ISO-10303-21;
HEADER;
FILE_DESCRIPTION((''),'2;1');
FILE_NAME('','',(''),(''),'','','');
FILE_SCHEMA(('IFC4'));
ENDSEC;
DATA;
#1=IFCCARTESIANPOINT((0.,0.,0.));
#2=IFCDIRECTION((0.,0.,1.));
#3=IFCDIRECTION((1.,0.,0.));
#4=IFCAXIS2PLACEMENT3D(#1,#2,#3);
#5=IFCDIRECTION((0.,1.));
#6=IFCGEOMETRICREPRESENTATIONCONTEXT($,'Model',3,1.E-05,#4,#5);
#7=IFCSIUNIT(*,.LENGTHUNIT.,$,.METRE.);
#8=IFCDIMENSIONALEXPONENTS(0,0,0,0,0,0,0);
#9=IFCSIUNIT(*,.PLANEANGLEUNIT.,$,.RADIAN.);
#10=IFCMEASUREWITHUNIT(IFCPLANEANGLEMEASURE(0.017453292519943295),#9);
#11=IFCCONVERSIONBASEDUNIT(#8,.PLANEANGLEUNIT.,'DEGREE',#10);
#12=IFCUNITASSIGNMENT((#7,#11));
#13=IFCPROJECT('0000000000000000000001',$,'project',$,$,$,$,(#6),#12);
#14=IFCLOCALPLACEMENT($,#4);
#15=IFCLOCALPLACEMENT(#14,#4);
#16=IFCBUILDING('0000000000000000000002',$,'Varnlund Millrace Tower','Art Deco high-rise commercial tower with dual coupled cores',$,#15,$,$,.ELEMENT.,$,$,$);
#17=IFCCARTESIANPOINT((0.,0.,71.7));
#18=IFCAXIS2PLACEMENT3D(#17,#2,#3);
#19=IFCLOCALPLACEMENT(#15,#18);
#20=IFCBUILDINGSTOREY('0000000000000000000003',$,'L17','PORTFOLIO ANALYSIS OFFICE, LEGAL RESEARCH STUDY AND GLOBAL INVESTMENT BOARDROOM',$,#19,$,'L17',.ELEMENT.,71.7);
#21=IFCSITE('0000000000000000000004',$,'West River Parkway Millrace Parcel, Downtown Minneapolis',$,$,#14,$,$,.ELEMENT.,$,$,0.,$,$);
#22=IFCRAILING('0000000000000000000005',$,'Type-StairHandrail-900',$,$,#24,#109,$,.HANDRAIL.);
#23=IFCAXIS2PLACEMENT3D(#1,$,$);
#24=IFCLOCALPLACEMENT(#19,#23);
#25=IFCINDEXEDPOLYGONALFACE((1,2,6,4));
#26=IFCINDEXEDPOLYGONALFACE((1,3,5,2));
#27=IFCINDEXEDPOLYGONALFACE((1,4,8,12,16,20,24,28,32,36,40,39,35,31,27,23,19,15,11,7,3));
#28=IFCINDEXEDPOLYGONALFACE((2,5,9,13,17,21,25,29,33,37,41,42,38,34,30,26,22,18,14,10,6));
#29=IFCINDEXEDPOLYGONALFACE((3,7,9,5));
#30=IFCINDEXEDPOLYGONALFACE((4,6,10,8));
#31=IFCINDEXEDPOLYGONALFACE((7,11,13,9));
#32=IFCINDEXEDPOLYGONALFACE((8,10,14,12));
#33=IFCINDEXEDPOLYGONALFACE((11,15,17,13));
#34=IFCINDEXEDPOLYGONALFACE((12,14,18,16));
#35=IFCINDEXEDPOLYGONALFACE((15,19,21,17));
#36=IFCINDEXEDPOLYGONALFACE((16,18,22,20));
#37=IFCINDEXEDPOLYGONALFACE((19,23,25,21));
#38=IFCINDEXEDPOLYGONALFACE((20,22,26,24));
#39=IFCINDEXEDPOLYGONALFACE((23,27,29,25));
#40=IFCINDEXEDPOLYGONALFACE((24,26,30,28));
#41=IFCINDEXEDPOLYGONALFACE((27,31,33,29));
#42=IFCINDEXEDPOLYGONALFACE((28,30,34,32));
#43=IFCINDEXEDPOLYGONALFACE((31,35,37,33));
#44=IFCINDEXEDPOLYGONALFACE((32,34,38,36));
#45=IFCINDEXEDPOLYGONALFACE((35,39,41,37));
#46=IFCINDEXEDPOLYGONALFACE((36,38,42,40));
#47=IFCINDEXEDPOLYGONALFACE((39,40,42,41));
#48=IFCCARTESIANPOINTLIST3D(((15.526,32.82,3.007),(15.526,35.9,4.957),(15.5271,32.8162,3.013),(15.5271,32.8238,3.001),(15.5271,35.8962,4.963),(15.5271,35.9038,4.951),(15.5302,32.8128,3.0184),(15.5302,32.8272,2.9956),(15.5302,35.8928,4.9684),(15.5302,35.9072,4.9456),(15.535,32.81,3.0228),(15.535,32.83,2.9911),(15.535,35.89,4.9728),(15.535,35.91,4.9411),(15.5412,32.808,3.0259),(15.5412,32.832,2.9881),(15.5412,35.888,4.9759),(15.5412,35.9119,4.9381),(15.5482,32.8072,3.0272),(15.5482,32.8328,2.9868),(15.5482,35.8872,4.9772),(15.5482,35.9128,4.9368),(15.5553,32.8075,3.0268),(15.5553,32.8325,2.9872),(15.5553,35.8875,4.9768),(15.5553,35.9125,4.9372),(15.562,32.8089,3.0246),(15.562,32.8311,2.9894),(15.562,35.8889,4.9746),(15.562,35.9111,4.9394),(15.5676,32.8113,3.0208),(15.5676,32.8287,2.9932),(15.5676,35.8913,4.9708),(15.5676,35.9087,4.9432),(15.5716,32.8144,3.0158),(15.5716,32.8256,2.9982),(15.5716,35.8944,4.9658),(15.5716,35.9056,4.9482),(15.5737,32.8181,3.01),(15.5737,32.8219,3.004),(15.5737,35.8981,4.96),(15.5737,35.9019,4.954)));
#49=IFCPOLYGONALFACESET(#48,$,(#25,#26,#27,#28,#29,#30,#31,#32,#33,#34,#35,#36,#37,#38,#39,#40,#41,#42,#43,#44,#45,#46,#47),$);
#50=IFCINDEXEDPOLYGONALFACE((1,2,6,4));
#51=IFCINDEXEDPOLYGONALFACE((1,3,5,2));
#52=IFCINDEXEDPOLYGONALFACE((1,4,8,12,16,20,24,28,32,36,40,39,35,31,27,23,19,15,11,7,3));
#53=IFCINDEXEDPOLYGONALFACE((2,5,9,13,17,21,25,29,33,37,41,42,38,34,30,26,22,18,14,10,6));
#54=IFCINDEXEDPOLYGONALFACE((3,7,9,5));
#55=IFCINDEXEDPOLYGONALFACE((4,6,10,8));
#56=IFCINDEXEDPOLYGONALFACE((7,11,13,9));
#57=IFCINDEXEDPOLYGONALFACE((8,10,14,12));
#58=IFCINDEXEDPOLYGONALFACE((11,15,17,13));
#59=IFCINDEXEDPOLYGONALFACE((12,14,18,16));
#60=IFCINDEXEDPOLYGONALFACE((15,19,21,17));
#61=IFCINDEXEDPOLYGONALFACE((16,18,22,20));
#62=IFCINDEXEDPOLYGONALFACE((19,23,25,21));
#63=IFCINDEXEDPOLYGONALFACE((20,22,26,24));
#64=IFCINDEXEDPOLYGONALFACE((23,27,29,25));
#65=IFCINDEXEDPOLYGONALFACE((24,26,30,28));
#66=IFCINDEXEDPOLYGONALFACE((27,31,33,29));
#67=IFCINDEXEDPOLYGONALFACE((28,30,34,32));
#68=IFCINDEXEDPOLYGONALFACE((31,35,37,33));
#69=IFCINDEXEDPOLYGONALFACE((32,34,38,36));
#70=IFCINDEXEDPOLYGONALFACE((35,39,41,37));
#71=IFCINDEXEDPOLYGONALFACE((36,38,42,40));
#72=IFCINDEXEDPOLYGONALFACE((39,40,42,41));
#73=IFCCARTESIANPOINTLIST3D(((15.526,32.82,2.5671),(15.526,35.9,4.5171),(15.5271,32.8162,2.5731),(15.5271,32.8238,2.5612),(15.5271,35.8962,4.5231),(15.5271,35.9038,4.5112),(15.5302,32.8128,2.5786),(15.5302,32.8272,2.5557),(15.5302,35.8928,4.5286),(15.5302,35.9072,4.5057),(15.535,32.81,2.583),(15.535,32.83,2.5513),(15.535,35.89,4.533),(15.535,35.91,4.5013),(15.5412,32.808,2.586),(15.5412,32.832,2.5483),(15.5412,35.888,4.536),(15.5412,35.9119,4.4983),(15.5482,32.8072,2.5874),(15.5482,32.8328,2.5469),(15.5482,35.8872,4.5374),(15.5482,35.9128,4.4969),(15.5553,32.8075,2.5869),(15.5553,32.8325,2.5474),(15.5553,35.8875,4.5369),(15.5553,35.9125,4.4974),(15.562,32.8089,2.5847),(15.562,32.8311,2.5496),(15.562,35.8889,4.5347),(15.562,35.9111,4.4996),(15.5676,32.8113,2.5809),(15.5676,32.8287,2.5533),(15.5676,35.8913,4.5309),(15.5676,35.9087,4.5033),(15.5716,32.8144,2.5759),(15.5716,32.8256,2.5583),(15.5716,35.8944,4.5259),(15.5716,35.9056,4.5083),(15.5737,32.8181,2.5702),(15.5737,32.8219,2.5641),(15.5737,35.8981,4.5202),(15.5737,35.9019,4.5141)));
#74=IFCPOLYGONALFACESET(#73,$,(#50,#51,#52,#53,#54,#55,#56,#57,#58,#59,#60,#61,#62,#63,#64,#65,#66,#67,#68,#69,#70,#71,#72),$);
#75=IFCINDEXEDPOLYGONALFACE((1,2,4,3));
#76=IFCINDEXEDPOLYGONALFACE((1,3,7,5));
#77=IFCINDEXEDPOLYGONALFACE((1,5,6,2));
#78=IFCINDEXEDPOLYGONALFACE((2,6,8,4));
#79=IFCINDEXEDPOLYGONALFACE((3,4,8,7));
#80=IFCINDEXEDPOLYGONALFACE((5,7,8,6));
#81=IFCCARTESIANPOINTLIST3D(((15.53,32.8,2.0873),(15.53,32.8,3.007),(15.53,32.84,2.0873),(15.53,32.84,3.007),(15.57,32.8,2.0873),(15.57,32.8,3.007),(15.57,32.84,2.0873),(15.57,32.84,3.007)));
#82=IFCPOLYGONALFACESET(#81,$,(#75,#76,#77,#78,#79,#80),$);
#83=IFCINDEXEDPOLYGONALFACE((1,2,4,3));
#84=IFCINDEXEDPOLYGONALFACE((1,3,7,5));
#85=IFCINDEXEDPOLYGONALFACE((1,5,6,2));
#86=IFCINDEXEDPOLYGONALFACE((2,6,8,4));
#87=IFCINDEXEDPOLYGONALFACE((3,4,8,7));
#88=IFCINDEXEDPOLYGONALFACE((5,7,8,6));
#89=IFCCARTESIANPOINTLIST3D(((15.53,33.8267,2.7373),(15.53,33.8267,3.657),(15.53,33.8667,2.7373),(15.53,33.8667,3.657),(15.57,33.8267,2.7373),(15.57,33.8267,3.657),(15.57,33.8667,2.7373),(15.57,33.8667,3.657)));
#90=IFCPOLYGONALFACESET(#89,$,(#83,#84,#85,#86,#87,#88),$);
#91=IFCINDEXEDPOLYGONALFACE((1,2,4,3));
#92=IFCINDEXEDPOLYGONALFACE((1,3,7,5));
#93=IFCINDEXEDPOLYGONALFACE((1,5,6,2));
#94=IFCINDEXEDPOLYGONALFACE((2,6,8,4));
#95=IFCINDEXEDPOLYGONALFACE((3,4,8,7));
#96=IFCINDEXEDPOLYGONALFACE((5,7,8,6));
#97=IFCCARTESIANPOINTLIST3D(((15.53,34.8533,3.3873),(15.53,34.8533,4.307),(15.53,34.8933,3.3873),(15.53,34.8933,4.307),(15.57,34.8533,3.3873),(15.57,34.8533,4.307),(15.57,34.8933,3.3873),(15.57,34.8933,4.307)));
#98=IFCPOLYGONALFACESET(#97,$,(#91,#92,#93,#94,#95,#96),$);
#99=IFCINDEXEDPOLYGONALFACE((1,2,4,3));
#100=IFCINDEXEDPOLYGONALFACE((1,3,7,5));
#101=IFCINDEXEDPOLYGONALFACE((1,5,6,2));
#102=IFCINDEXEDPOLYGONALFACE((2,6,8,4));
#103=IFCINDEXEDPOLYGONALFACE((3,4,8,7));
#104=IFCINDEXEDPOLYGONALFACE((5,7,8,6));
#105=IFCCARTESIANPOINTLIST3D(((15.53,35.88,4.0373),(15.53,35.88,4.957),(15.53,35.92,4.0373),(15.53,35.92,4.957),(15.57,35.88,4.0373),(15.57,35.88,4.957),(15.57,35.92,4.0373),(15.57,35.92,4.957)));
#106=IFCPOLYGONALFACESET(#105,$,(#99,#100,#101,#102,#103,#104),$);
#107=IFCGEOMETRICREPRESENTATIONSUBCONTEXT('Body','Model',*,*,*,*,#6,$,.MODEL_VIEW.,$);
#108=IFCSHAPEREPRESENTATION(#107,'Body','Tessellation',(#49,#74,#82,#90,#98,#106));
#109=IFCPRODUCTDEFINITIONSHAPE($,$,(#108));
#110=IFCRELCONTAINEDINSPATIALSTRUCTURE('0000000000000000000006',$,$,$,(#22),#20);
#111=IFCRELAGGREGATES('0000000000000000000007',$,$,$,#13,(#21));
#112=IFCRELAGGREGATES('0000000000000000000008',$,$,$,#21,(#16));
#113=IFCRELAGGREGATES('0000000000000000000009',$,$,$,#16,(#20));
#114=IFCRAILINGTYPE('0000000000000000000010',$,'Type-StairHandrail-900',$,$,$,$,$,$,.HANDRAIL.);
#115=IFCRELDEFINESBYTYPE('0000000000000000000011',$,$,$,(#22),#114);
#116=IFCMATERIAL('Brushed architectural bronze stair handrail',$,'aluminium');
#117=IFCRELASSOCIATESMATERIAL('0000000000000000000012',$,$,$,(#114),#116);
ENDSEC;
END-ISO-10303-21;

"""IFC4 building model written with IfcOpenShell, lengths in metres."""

from ifc_helpers import new_model, entity, si_unit, converted_unit, direction, frame, origin_with_axes, origin_2d_with_axis, place, context, subcontext, project, spatial, rectangle, circle, extrude, material, type_object, element, save


model = new_model("IFC4")

# Units and contexts
model_context = context("Model", 3, precision=1e-05, world=origin_with_axes(), true_north=direction((0.0, 1.0)))
body_context = subcontext(model_context, "Body", "Model", "MODEL_VIEW")
ifc_project = project(units=[si_unit("LENGTHUNIT", "METRE"), converted_unit("PLANEANGLEUNIT", "DEGREE", entity("IfcPlaneAngleMeasure", 0.017453292519943295), si_unit("PLANEANGLEUNIT", "RADIAN"), dimensions=[0, 0, 0, 0, 0, 0, 0])], contexts=[model_context])

# Site, building, storey
site_placement = place(None, origin_with_axes())
site = spatial("IfcSite", under=ifc_project, at=site_placement, Name="West River Parkway Millrace Parcel, Downtown Minneapolis", CompositionType="ELEMENT", RefElevation=0.0)
building_placement = place(site_placement, origin_with_axes())
building = spatial("IfcBuilding", under=site, at=building_placement, Name="Varnlund Millrace Tower", Description="Art Deco high-rise commercial tower with dual coupled cores", CompositionType="ELEMENT")
storey_placement = place(building_placement, frame((0.0, 0.0, 71.7), z_axis=(0.0, 0.0, 1.0), x_axis=(1.0, 0.0, 0.0)))
storey = spatial("IfcBuildingStorey", under=building, at=storey_placement, Name="L17", Description="PORTFOLIO ANALYSIS OFFICE, LEGAL RESEARCH STUDY AND GLOBAL INVESTMENT BOARDROOM", LongName="L17", CompositionType="ELEMENT", Elevation=71.7)

# Railing
ifc_material_1 = material(Name="Brushed architectural bronze stair handrail", Category="aluminium")
railing_type_1 = type_object("IfcRailingType", Name="Type-StairHandrail-900", PredefinedType="HANDRAIL", material=ifc_material_1)
railing_1_placement = place(storey_placement, frame((0.0, 0.0, -71.7), z_axis=(0.0, 0.0, 1.0), x_axis=(1.0, 0.0, 0.0)))
element("IfcRailing", 1, at=railing_1_placement, inside=storey, type_object=railing_type_1, Name="Type-StairHandrail-900", PredefinedType="HANDRAIL", context=body_context, shape_type="SweptSolid", body=[
    extrude(circle(Radius=0.024, at=origin_2d_with_axis()), frame((15.55, 32.82, 74.707), z_axis=(0.0, 0.844902, 0.534922), x_axis=(-1.0, 0.0, 0.0)), (0.0, 0.0, 1.0), 3.6454),
    extrude(circle(Radius=0.024, at=origin_2d_with_axis()), frame((15.55, 32.82, 74.2671), z_axis=(0.0, 0.844902, 0.534922), x_axis=(-1.0, 0.0, 0.0)), (0.0, 0.0, 1.0), 3.6454),
    extrude(rectangle(XDim=0.04, YDim=0.04, at=origin_2d_with_axis()), frame((15.55, 32.82, 73.7873), z_axis=(0.0, 0.0, 1.0), x_axis=(1.0, 0.0, 0.0)), (0.0, 0.0, 1.0), 0.9197),
    extrude(rectangle(XDim=0.04, YDim=0.04, at=origin_2d_with_axis()), frame((15.55, 33.8467, 74.4373), z_axis=(0.0, 0.0, 1.0), x_axis=(1.0, 0.0, 0.0)), (0.0, 0.0, 1.0), 0.9197),
    extrude(rectangle(XDim=0.04, YDim=0.04, at=origin_2d_with_axis()), frame((15.55, 34.8733, 75.0873), z_axis=(0.0, 0.0, 1.0), x_axis=(1.0, 0.0, 0.0)), (0.0, 0.0, 1.0), 0.9197),
    extrude(rectangle(XDim=0.04, YDim=0.04, at=origin_2d_with_axis()), frame((15.55, 35.9, 75.7373), z_axis=(0.0, 0.0, 1.0), x_axis=(1.0, 0.0, 0.0)), (0.0, 0.0, 1.0), 0.9197),
])

save(model, "model.ifc")
